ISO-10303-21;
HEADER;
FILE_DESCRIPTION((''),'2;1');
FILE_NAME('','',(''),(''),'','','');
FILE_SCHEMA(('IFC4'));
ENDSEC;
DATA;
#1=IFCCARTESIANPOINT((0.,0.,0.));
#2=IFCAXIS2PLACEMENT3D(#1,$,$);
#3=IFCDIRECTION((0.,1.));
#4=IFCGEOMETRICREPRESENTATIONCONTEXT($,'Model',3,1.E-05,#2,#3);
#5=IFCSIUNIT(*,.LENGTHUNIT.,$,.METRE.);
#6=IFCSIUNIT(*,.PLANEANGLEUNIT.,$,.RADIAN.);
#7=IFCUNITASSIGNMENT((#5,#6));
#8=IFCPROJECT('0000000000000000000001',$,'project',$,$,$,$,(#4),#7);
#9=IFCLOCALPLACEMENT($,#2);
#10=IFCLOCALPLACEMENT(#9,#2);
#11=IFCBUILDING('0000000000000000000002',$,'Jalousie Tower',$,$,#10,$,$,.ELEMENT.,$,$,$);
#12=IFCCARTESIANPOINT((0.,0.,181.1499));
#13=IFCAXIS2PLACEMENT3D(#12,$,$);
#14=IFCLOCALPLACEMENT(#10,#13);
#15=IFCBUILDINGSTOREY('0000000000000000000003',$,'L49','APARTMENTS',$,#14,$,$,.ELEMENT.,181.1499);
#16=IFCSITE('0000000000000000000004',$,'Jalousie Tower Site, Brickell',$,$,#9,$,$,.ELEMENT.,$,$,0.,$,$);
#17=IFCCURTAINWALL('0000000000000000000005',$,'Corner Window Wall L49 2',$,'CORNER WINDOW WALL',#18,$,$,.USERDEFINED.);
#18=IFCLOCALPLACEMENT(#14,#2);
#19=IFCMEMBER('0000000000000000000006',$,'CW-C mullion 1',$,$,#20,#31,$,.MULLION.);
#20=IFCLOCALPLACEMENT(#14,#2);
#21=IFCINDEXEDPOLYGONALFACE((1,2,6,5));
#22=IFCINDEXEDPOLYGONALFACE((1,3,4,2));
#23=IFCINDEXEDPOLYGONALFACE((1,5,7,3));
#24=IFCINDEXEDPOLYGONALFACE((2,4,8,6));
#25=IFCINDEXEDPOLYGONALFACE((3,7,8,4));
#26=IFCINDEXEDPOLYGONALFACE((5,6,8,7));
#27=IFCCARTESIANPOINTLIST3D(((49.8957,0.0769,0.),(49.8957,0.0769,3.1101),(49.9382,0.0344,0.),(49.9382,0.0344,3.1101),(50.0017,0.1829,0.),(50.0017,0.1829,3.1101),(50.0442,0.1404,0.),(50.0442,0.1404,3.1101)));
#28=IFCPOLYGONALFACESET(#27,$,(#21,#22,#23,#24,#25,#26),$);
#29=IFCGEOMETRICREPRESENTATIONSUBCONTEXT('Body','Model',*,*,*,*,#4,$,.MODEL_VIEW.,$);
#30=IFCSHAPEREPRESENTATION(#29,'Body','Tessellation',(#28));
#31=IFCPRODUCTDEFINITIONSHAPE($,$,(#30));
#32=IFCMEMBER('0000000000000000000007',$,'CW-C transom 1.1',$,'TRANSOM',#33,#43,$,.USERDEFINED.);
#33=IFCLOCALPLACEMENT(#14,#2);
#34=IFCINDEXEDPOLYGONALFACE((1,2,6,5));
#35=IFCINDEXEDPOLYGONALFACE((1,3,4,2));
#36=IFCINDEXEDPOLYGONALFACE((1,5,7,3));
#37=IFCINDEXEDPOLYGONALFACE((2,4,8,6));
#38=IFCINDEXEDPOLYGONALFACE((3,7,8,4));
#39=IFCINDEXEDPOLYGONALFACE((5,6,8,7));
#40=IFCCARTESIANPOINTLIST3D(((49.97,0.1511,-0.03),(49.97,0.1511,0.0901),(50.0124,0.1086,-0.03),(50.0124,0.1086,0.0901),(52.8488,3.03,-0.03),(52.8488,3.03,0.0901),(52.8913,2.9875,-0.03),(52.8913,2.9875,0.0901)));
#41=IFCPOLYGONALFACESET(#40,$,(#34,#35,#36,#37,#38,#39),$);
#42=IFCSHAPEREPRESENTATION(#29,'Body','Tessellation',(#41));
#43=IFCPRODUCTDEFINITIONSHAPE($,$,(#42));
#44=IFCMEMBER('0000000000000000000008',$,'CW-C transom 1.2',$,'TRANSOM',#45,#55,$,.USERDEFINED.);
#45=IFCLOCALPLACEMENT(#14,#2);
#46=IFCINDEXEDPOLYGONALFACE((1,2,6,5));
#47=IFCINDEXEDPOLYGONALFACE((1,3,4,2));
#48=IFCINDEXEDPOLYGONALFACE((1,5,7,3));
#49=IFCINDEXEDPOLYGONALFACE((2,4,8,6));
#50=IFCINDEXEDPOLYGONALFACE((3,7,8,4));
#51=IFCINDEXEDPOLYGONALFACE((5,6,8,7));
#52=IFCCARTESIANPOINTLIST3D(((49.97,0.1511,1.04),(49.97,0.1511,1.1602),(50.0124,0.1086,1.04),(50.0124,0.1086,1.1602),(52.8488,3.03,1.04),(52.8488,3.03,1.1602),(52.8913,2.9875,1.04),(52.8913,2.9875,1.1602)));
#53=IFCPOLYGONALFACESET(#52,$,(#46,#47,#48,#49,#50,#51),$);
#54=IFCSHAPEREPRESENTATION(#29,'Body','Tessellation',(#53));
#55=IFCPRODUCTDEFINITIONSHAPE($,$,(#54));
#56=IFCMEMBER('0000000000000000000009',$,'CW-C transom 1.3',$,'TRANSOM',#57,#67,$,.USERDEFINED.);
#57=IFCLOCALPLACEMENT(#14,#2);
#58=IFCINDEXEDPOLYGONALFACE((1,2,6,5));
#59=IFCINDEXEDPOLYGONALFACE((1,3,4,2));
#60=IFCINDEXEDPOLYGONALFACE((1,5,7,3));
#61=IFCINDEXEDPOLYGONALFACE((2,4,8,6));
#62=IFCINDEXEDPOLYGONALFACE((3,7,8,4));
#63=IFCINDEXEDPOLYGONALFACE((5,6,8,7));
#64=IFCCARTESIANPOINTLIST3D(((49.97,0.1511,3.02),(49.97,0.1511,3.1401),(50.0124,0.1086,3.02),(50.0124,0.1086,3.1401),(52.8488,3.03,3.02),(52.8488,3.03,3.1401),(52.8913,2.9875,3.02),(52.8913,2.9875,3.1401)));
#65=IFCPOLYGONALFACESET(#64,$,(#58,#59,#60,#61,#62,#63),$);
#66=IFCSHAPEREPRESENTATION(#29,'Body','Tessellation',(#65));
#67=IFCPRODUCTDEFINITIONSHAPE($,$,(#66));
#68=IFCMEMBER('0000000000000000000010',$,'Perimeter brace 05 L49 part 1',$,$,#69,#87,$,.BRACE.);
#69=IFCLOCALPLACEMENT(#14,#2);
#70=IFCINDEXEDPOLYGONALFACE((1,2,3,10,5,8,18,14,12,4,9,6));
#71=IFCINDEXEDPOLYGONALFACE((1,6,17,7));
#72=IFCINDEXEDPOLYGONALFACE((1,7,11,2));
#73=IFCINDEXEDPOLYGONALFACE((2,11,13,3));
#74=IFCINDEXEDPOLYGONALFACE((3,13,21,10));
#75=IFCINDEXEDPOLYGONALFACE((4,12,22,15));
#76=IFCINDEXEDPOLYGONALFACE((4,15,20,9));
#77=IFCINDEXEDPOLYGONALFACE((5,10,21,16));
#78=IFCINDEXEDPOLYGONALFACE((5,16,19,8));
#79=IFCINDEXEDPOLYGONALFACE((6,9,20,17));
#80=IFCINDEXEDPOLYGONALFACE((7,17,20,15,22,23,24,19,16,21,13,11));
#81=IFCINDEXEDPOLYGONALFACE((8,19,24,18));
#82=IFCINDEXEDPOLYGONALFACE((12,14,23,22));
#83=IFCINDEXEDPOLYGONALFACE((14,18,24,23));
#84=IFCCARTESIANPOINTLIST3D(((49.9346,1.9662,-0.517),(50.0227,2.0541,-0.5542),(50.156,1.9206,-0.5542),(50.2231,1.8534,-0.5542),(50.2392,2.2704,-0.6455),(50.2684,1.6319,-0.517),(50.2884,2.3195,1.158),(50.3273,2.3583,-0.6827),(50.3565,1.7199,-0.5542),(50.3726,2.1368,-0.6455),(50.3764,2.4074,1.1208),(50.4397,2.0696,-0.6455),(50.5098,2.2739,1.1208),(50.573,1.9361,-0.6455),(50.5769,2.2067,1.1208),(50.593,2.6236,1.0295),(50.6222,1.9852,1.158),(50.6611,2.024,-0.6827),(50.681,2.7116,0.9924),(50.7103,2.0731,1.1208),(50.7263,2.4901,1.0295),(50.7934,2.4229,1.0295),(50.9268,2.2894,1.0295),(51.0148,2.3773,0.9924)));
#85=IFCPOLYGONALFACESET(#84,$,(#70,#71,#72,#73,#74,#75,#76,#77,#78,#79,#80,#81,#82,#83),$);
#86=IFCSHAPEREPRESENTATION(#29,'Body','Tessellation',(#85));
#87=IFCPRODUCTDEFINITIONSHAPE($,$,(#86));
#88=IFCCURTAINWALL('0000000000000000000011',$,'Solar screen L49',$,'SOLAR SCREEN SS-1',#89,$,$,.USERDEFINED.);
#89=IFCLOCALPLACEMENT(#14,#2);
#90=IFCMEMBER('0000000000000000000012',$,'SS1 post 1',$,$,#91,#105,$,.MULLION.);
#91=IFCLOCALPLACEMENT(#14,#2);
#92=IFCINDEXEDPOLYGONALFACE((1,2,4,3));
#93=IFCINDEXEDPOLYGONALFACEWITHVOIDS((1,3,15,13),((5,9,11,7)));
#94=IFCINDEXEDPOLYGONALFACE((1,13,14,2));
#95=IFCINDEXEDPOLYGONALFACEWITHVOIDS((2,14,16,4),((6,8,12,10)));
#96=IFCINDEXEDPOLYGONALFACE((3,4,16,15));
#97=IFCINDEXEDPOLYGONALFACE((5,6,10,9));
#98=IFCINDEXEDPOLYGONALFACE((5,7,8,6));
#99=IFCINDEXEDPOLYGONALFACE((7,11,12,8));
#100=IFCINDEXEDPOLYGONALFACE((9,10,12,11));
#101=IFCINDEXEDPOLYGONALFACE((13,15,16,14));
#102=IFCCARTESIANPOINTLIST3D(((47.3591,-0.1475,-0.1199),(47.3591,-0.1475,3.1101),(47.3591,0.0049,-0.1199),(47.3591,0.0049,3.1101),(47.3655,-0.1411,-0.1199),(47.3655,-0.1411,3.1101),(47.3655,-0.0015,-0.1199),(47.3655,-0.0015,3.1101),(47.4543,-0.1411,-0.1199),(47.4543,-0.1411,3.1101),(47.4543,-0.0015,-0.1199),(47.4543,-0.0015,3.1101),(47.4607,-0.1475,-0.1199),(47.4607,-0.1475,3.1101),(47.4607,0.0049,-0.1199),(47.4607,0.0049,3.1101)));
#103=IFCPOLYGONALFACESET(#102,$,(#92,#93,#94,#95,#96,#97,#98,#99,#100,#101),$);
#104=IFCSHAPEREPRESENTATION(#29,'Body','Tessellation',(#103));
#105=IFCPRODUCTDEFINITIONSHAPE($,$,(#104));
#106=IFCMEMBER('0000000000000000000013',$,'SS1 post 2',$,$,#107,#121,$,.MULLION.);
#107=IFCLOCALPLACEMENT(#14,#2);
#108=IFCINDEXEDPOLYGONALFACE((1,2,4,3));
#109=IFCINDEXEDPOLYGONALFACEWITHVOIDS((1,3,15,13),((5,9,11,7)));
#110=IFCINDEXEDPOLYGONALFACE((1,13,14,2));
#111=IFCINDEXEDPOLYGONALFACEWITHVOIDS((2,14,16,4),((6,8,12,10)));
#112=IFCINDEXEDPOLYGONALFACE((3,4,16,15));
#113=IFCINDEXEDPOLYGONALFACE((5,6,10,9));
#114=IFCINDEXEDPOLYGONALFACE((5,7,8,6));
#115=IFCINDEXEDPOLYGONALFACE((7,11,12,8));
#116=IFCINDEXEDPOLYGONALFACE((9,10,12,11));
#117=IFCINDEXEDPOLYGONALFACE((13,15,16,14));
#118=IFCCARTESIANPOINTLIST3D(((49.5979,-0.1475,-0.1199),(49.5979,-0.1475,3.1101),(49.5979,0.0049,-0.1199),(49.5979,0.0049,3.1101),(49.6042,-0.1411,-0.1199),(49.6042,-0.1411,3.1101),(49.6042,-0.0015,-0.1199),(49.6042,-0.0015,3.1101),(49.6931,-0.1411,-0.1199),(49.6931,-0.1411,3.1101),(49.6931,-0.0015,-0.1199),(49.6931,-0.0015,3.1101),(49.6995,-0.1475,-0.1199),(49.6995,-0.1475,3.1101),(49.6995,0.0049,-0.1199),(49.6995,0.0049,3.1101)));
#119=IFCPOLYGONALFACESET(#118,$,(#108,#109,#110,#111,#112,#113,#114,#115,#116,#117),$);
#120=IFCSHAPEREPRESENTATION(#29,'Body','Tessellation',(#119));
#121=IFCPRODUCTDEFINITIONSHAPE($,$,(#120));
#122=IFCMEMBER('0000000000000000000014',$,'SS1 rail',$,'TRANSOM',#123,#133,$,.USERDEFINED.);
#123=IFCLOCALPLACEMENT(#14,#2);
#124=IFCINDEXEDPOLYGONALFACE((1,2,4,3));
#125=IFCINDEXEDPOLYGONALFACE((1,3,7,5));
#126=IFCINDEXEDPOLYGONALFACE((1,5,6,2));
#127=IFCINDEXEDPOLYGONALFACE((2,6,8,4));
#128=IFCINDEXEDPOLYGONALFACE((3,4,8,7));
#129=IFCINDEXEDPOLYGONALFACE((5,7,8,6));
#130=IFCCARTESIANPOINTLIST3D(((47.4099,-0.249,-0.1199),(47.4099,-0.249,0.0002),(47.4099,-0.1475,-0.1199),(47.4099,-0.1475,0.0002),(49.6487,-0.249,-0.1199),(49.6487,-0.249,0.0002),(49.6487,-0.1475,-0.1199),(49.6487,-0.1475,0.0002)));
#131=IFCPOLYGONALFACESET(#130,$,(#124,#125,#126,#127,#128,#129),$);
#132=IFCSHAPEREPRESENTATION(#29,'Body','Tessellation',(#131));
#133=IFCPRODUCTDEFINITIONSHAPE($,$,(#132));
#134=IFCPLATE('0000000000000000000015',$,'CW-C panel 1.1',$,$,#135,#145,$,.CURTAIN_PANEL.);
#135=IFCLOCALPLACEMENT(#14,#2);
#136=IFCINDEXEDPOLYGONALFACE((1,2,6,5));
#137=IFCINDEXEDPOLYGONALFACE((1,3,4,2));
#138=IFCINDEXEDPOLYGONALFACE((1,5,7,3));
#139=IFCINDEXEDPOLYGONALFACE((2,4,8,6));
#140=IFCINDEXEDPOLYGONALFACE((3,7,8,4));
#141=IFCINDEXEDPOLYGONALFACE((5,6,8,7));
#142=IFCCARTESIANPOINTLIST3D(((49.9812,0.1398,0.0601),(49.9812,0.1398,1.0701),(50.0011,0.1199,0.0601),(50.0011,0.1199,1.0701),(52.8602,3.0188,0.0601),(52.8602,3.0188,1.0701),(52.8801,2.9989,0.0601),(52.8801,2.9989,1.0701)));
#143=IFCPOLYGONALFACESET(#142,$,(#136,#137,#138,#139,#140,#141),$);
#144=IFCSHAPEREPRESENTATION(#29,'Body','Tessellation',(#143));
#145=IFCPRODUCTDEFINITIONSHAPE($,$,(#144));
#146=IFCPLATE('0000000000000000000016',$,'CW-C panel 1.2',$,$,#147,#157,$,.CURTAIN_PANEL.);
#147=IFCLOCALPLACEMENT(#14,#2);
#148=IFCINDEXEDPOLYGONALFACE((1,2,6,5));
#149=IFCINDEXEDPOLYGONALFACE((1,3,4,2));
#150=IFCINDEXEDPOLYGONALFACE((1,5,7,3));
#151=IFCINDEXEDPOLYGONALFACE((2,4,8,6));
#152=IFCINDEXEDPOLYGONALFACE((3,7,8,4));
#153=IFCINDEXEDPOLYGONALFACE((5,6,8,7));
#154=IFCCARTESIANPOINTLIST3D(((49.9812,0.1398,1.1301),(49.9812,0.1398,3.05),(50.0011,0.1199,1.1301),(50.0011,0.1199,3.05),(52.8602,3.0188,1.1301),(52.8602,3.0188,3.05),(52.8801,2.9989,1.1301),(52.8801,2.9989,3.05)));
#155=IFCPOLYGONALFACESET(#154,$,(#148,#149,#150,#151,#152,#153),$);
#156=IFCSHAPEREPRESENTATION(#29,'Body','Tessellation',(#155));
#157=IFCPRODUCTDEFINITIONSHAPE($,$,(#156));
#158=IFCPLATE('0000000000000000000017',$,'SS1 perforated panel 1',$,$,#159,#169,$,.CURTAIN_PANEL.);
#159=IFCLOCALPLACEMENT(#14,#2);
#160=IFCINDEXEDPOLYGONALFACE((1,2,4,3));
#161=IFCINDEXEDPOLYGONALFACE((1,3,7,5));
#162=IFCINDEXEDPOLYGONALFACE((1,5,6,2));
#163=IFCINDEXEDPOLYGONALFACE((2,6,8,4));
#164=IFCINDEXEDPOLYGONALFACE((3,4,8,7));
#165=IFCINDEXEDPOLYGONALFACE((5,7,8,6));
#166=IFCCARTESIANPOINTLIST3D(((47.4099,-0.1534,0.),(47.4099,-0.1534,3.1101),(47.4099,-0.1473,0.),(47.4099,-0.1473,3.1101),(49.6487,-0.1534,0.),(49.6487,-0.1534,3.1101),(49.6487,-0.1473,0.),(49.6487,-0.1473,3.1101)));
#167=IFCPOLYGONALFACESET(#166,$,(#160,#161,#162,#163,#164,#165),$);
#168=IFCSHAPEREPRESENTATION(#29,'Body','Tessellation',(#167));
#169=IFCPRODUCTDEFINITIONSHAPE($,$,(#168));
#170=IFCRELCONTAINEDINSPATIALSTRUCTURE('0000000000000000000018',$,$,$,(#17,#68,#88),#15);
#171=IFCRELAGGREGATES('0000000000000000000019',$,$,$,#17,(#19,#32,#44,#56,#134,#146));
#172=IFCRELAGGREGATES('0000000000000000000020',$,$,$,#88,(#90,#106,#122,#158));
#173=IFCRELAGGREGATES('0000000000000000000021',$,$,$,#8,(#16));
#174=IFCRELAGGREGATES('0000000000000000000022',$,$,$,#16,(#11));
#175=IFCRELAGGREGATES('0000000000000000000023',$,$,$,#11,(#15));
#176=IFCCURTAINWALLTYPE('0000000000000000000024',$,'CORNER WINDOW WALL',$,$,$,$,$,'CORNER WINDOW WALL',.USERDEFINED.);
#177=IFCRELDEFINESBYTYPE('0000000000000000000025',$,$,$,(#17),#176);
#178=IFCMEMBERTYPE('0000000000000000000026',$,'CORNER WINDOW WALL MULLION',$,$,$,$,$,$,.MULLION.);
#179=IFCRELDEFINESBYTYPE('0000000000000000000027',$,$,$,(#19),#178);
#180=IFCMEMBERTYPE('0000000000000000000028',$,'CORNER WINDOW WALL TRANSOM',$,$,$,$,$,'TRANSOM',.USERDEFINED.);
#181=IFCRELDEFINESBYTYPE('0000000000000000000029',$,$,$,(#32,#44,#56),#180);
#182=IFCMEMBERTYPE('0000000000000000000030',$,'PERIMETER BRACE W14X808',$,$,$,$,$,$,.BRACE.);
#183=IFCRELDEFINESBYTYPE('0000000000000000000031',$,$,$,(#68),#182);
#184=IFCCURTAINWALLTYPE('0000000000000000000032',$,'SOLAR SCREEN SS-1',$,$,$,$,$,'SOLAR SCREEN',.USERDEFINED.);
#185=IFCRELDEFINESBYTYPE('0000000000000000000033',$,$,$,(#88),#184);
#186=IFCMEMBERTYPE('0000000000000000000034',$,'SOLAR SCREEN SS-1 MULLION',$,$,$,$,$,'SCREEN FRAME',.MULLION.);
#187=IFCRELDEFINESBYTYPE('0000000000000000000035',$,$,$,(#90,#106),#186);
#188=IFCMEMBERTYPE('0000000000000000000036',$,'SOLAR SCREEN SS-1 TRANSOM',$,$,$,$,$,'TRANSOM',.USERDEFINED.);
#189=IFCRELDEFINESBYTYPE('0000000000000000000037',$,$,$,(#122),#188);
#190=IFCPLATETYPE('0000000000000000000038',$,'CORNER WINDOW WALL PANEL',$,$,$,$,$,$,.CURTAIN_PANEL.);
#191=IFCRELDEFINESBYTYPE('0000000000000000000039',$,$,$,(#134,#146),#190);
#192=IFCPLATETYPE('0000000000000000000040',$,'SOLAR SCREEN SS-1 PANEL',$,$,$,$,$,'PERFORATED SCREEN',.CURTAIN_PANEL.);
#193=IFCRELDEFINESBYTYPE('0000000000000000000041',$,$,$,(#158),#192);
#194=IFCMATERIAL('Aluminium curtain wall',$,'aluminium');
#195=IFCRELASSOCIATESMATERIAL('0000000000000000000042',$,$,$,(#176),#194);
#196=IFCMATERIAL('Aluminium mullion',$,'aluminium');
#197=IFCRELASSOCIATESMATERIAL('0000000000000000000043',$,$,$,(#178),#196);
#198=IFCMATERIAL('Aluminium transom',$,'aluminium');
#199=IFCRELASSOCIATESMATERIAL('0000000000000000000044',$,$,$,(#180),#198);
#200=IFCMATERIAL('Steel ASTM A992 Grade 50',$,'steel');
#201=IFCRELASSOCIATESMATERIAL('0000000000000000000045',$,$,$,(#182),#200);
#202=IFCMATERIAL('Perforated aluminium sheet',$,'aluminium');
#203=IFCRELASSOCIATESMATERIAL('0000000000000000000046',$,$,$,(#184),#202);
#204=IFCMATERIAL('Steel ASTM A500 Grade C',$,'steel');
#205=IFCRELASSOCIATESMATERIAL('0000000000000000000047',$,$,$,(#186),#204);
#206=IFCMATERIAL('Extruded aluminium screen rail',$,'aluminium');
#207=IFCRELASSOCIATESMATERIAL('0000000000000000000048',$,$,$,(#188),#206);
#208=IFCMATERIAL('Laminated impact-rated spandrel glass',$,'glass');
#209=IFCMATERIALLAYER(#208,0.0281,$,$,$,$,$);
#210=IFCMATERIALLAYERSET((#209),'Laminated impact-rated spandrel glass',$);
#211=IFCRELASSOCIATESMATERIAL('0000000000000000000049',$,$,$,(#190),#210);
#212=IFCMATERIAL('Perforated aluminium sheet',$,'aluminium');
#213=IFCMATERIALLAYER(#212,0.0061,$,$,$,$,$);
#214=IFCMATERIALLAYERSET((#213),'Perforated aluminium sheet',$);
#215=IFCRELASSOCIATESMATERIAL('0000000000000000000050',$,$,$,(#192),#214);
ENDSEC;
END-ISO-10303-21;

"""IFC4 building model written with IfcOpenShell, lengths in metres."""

from ifc_helpers import new_model, si_unit, direction, frame, origin, origin_2d, place, context, subcontext, project, spatial, rectangle, hollow_rectangle, i_section, extrude, material, layer, layer_set, material_profile, profile_set, type_object, element, aggregate, save


model = new_model("IFC4")

# Units and contexts
model_context = context("Model", 3, precision=1e-05, world=origin(), true_north=direction((0.0, 1.0)))
body_context = subcontext(model_context, "Body", "Model", "MODEL_VIEW")
ifc_project = project(units=[si_unit("LENGTHUNIT", "METRE"), si_unit("PLANEANGLEUNIT", "RADIAN")], contexts=[model_context])

# Site, building, storey
site_placement = place(None, origin())
site = spatial("IfcSite", under=ifc_project, at=site_placement, Name="Jalousie Tower Site, Brickell", CompositionType="ELEMENT", RefElevation=0.0)
building_placement = place(site_placement, origin())
building = spatial("IfcBuilding", under=site, at=building_placement, Name="Jalousie Tower", CompositionType="ELEMENT")
storey_placement = place(building_placement, frame((0.0, 0.0, 181.1499)))
storey = spatial("IfcBuildingStorey", under=building, at=storey_placement, Name="L49", Description="APARTMENTS", CompositionType="ELEMENT", Elevation=181.1499)

# Curtain wall, members
ifc_material_1 = material(Name="Aluminium curtain wall", Category="aluminium")
curtain_wall_type_1 = type_object("IfcCurtainWallType", Name="CORNER WINDOW WALL", ElementType="CORNER WINDOW WALL", PredefinedType="USERDEFINED", material=ifc_material_1)
curtain_wall_1_placement = place(storey_placement, origin())
curtain_wall_1 = element("IfcCurtainWall", 1, at=curtain_wall_1_placement, inside=storey, type_object=curtain_wall_type_1, Name="Corner Window Wall L49 2", ObjectType="CORNER WINDOW WALL", PredefinedType="USERDEFINED")
ifc_material_2 = material(Name="Aluminium mullion", Category="aluminium")
ifc_material_profile_1 = material_profile(ifc_material_2, rectangle(XDim=0.0601, YDim=0.1499, at=origin_2d()), Name="MULLION 60x150")
ifc_profile_set_1 = profile_set([ifc_material_profile_1], Name="Aluminium mullion")
member_type_1 = type_object("IfcMemberType", Name="CORNER WINDOW WALL MULLION", PredefinedType="MULLION", material=ifc_profile_set_1)
member_1_placement = place(storey_placement, frame((49.97, 0.1086, 0.0), z_axis=(0.0, 0.0, 1.0), x_axis=(-0.707107, 0.707107, 0.0)))
member_1 = element("IfcMember", 2, at=member_1_placement, type_object=member_type_1, Name="CW-C mullion 1", PredefinedType="MULLION", context=body_context, shape_type="SweptSolid", body=[
    extrude(rectangle(XDim=0.0601, YDim=0.1499, at=origin_2d()), origin(), (0.0, 0.0, 1.0), 3.1101),
])
ifc_material_3 = material(Name="Aluminium transom", Category="aluminium")
ifc_material_profile_2 = material_profile(ifc_material_3, rectangle(XDim=0.0601, YDim=0.1201, at=origin_2d()), Name="TRANSOM 60x120")
ifc_profile_set_2 = profile_set([ifc_material_profile_2], Name="Aluminium transom")
member_type_2 = type_object("IfcMemberType", Name="CORNER WINDOW WALL TRANSOM", ElementType="TRANSOM", PredefinedType="USERDEFINED", material=ifc_profile_set_2)
member_2_placement = place(storey_placement, frame((49.9912, 0.1299, 0.03), z_axis=(0.707107, 0.707107, 0.0), x_axis=(-0.707107, 0.707107, 0.0)))
member_2 = element("IfcMember", 3, at=member_2_placement, type_object=member_type_2, Name="CW-C transom 1.1", ObjectType="TRANSOM", PredefinedType="USERDEFINED", context=body_context, shape_type="SweptSolid", body=[
    extrude(rectangle(XDim=0.0601, YDim=0.1201, at=origin_2d()), origin(), (0.0, 0.0, 1.0), 4.0713),
])
member_3_placement = place(storey_placement, frame((49.9912, 0.1299, 1.1001), z_axis=(0.707107, 0.707107, 0.0), x_axis=(-0.707107, 0.707107, 0.0)))
member_3 = element("IfcMember", 4, at=member_3_placement, type_object=member_type_2, Name="CW-C transom 1.2", ObjectType="TRANSOM", PredefinedType="USERDEFINED", context=body_context, shape_type="SweptSolid", body=[
    extrude(rectangle(XDim=0.0601, YDim=0.1201, at=origin_2d()), origin(), (0.0, 0.0, 1.0), 4.0713),
])
member_4_placement = place(storey_placement, frame((49.9912, 0.1299, 3.0801), z_axis=(0.707107, 0.707107, 0.0), x_axis=(-0.707107, 0.707107, 0.0)))
member_4 = element("IfcMember", 5, at=member_4_placement, type_object=member_type_2, Name="CW-C transom 1.3", ObjectType="TRANSOM", PredefinedType="USERDEFINED", context=body_context, shape_type="SweptSolid", body=[
    extrude(rectangle(XDim=0.0601, YDim=0.1201, at=origin_2d()), origin(), (0.0, 0.0, 1.0), 4.0713),
])

# Member
ifc_material_4 = material(Name="Steel ASTM A992 Grade 50", Category="steel")
ifc_material_profile_3 = material_profile(ifc_material_4, i_section(OverallWidth=0.4724, OverallDepth=0.5791, WebThickness=0.095, FlangeThickness=0.1299, at=origin_2d()), Name="W14X808")
ifc_profile_set_3 = profile_set([ifc_material_profile_3], Name="Steel ASTM A992 Grade 50")
member_type_3 = type_object("IfcMemberType", Name="PERIMETER BRACE W14X808", PredefinedType="BRACE", material=ifc_profile_set_3)
member_5_placement = place(storey_placement, frame((50.2979, 1.9951, -0.5999), z_axis=(0.202372, 0.202093, 0.95823), x_axis=(-0.706618, 0.707595, 0.0)))
element("IfcMember", 6, at=member_5_placement, inside=storey, type_object=member_type_3, Name="Perimeter brace 05 L49 part 1", PredefinedType="BRACE", context=body_context, shape_type="SweptSolid", body=[
    extrude(i_section(OverallWidth=0.4724, OverallDepth=0.5791, WebThickness=0.095, FlangeThickness=0.1299, at=origin_2d()), origin(), (0.0, 0.0, 1.0), 1.748),
])

# Curtain wall, members
ifc_material_5 = material(Name="Perforated aluminium sheet", Category="aluminium")
curtain_wall_type_2 = type_object("IfcCurtainWallType", Name="SOLAR SCREEN SS-1", ElementType="SOLAR SCREEN", PredefinedType="USERDEFINED", material=ifc_material_5)
curtain_wall_2_placement = place(storey_placement, origin())
curtain_wall_2 = element("IfcCurtainWall", 7, at=curtain_wall_2_placement, inside=storey, type_object=curtain_wall_type_2, Name="Solar screen L49", ObjectType="SOLAR SCREEN SS-1", PredefinedType="USERDEFINED")
ifc_material_6 = material(Name="Steel ASTM A500 Grade C", Category="steel")
ifc_material_profile_4 = material_profile(ifc_material_6, hollow_rectangle(XDim=0.1016, YDim=0.1523, WallThickness=0.0063, at=origin_2d()), Name="HSS6X4X1/4")
ifc_profile_set_4 = profile_set([ifc_material_profile_4], Name="Steel ASTM A500 Grade C")
member_type_4 = type_object("IfcMemberType", Name="SOLAR SCREEN SS-1 MULLION", ElementType="SCREEN FRAME", PredefinedType="MULLION", material=ifc_profile_set_4)
member_6_placement = place(storey_placement, frame((47.4099, -0.0713, -0.1199), z_axis=(0.0, 0.0, 1.0), x_axis=(1.0, 0.0, 0.0)))
member_6 = element("IfcMember", 8, at=member_6_placement, type_object=member_type_4, Name="SS1 post 1", PredefinedType="MULLION", context=body_context, shape_type="SweptSolid", body=[
    extrude(hollow_rectangle(XDim=0.1016, YDim=0.1523, WallThickness=0.0063, at=origin_2d()), origin(), (0.0, 0.0, 1.0), 3.23),
])
member_7_placement = place(storey_placement, frame((49.6487, -0.0713, -0.1199), z_axis=(0.0, 0.0, 1.0), x_axis=(1.0, 0.0, 0.0)))
member_7 = element("IfcMember", 9, at=member_7_placement, type_object=member_type_4, Name="SS1 post 2", PredefinedType="MULLION", context=body_context, shape_type="SweptSolid", body=[
    extrude(hollow_rectangle(XDim=0.1016, YDim=0.1523, WallThickness=0.0063, at=origin_2d()), origin(), (0.0, 0.0, 1.0), 3.23),
])
ifc_material_7 = material(Name="Extruded aluminium screen rail", Category="aluminium")
ifc_material_profile_5 = material_profile(ifc_material_7, rectangle(XDim=0.1016, YDim=0.1201, at=origin_2d()), Name="RAIL 102x120")
ifc_profile_set_5 = profile_set([ifc_material_profile_5], Name="Extruded aluminium screen rail")
member_type_5 = type_object("IfcMemberType", Name="SOLAR SCREEN SS-1 TRANSOM", ElementType="TRANSOM", PredefinedType="USERDEFINED", material=ifc_profile_set_5)
member_8_placement = place(storey_placement, frame((47.4099, -0.1982, -0.0598), z_axis=(1.0, 0.0, 0.0), x_axis=(0.0, 1.0, 0.0)))
member_8 = element("IfcMember", 10, at=member_8_placement, type_object=member_type_5, Name="SS1 rail", ObjectType="TRANSOM", PredefinedType="USERDEFINED", context=body_context, shape_type="SweptSolid", body=[
    extrude(rectangle(XDim=0.1016, YDim=0.1201, at=origin_2d()), origin(), (0.0, 0.0, 1.0), 2.2388),
])

# Plates
ifc_material_8 = material(Name="Laminated impact-rated spandrel glass", Category="glass")
ifc_layer_1 = layer(ifc_material_8, 0.0281)
ifc_layer_set_1 = layer_set([ifc_layer_1], Name="Laminated impact-rated spandrel glass")
plate_type_1 = type_object("IfcPlateType", Name="CORNER WINDOW WALL PANEL", PredefinedType="CURTAIN_PANEL", material=ifc_layer_set_1)
plate_1_placement = place(storey_placement, frame((51.4307, 1.5693, 0.0601), z_axis=(0.0, 0.0, 1.0), x_axis=(0.707107, 0.707107, 0.0)))
plate_1 = element("IfcPlate", 11, at=plate_1_placement, type_object=plate_type_1, Name="CW-C panel 1.1", PredefinedType="CURTAIN_PANEL", context=body_context, shape_type="SweptSolid", body=[
    extrude(rectangle(XDim=4.0715, YDim=0.0281, at=origin_2d()), origin(), (0.0, 0.0, 1.0), 1.01),
])
plate_2_placement = place(storey_placement, frame((51.4307, 1.5693, 1.1301), z_axis=(0.0, 0.0, 1.0), x_axis=(0.707107, 0.707107, 0.0)))
plate_2 = element("IfcPlate", 12, at=plate_2_placement, type_object=plate_type_1, Name="CW-C panel 1.2", PredefinedType="CURTAIN_PANEL", context=body_context, shape_type="SweptSolid", body=[
    extrude(rectangle(XDim=4.0715, YDim=0.0281, at=origin_2d()), origin(), (0.0, 0.0, 1.0), 1.9199),
])
aggregate(curtain_wall_1, [member_1, member_2, member_3, member_4, plate_1, plate_2])
ifc_material_9 = material(Name="Perforated aluminium sheet", Category="aluminium")
ifc_layer_2 = layer(ifc_material_9, 0.0061)
ifc_layer_set_2 = layer_set([ifc_layer_2], Name="Perforated aluminium sheet")
plate_type_2 = type_object("IfcPlateType", Name="SOLAR SCREEN SS-1 PANEL", ElementType="PERFORATED SCREEN", PredefinedType="CURTAIN_PANEL", material=ifc_layer_set_2)
plate_3_placement = place(storey_placement, frame((48.5293, -0.1504, 0.0), z_axis=(0.0, 0.0, 1.0), x_axis=(1.0, 0.0, 0.0)))
plate_3 = element("IfcPlate", 13, at=plate_3_placement, type_object=plate_type_2, Name="SS1 perforated panel 1", PredefinedType="CURTAIN_PANEL", context=body_context, shape_type="SweptSolid", body=[
    extrude(rectangle(XDim=2.2388, YDim=0.0061, at=origin_2d()), origin(), (0.0, 0.0, 1.0), 3.1101),
])
aggregate(curtain_wall_2, [member_6, member_7, member_8, plate_3])

save(model, "model.ifc")
